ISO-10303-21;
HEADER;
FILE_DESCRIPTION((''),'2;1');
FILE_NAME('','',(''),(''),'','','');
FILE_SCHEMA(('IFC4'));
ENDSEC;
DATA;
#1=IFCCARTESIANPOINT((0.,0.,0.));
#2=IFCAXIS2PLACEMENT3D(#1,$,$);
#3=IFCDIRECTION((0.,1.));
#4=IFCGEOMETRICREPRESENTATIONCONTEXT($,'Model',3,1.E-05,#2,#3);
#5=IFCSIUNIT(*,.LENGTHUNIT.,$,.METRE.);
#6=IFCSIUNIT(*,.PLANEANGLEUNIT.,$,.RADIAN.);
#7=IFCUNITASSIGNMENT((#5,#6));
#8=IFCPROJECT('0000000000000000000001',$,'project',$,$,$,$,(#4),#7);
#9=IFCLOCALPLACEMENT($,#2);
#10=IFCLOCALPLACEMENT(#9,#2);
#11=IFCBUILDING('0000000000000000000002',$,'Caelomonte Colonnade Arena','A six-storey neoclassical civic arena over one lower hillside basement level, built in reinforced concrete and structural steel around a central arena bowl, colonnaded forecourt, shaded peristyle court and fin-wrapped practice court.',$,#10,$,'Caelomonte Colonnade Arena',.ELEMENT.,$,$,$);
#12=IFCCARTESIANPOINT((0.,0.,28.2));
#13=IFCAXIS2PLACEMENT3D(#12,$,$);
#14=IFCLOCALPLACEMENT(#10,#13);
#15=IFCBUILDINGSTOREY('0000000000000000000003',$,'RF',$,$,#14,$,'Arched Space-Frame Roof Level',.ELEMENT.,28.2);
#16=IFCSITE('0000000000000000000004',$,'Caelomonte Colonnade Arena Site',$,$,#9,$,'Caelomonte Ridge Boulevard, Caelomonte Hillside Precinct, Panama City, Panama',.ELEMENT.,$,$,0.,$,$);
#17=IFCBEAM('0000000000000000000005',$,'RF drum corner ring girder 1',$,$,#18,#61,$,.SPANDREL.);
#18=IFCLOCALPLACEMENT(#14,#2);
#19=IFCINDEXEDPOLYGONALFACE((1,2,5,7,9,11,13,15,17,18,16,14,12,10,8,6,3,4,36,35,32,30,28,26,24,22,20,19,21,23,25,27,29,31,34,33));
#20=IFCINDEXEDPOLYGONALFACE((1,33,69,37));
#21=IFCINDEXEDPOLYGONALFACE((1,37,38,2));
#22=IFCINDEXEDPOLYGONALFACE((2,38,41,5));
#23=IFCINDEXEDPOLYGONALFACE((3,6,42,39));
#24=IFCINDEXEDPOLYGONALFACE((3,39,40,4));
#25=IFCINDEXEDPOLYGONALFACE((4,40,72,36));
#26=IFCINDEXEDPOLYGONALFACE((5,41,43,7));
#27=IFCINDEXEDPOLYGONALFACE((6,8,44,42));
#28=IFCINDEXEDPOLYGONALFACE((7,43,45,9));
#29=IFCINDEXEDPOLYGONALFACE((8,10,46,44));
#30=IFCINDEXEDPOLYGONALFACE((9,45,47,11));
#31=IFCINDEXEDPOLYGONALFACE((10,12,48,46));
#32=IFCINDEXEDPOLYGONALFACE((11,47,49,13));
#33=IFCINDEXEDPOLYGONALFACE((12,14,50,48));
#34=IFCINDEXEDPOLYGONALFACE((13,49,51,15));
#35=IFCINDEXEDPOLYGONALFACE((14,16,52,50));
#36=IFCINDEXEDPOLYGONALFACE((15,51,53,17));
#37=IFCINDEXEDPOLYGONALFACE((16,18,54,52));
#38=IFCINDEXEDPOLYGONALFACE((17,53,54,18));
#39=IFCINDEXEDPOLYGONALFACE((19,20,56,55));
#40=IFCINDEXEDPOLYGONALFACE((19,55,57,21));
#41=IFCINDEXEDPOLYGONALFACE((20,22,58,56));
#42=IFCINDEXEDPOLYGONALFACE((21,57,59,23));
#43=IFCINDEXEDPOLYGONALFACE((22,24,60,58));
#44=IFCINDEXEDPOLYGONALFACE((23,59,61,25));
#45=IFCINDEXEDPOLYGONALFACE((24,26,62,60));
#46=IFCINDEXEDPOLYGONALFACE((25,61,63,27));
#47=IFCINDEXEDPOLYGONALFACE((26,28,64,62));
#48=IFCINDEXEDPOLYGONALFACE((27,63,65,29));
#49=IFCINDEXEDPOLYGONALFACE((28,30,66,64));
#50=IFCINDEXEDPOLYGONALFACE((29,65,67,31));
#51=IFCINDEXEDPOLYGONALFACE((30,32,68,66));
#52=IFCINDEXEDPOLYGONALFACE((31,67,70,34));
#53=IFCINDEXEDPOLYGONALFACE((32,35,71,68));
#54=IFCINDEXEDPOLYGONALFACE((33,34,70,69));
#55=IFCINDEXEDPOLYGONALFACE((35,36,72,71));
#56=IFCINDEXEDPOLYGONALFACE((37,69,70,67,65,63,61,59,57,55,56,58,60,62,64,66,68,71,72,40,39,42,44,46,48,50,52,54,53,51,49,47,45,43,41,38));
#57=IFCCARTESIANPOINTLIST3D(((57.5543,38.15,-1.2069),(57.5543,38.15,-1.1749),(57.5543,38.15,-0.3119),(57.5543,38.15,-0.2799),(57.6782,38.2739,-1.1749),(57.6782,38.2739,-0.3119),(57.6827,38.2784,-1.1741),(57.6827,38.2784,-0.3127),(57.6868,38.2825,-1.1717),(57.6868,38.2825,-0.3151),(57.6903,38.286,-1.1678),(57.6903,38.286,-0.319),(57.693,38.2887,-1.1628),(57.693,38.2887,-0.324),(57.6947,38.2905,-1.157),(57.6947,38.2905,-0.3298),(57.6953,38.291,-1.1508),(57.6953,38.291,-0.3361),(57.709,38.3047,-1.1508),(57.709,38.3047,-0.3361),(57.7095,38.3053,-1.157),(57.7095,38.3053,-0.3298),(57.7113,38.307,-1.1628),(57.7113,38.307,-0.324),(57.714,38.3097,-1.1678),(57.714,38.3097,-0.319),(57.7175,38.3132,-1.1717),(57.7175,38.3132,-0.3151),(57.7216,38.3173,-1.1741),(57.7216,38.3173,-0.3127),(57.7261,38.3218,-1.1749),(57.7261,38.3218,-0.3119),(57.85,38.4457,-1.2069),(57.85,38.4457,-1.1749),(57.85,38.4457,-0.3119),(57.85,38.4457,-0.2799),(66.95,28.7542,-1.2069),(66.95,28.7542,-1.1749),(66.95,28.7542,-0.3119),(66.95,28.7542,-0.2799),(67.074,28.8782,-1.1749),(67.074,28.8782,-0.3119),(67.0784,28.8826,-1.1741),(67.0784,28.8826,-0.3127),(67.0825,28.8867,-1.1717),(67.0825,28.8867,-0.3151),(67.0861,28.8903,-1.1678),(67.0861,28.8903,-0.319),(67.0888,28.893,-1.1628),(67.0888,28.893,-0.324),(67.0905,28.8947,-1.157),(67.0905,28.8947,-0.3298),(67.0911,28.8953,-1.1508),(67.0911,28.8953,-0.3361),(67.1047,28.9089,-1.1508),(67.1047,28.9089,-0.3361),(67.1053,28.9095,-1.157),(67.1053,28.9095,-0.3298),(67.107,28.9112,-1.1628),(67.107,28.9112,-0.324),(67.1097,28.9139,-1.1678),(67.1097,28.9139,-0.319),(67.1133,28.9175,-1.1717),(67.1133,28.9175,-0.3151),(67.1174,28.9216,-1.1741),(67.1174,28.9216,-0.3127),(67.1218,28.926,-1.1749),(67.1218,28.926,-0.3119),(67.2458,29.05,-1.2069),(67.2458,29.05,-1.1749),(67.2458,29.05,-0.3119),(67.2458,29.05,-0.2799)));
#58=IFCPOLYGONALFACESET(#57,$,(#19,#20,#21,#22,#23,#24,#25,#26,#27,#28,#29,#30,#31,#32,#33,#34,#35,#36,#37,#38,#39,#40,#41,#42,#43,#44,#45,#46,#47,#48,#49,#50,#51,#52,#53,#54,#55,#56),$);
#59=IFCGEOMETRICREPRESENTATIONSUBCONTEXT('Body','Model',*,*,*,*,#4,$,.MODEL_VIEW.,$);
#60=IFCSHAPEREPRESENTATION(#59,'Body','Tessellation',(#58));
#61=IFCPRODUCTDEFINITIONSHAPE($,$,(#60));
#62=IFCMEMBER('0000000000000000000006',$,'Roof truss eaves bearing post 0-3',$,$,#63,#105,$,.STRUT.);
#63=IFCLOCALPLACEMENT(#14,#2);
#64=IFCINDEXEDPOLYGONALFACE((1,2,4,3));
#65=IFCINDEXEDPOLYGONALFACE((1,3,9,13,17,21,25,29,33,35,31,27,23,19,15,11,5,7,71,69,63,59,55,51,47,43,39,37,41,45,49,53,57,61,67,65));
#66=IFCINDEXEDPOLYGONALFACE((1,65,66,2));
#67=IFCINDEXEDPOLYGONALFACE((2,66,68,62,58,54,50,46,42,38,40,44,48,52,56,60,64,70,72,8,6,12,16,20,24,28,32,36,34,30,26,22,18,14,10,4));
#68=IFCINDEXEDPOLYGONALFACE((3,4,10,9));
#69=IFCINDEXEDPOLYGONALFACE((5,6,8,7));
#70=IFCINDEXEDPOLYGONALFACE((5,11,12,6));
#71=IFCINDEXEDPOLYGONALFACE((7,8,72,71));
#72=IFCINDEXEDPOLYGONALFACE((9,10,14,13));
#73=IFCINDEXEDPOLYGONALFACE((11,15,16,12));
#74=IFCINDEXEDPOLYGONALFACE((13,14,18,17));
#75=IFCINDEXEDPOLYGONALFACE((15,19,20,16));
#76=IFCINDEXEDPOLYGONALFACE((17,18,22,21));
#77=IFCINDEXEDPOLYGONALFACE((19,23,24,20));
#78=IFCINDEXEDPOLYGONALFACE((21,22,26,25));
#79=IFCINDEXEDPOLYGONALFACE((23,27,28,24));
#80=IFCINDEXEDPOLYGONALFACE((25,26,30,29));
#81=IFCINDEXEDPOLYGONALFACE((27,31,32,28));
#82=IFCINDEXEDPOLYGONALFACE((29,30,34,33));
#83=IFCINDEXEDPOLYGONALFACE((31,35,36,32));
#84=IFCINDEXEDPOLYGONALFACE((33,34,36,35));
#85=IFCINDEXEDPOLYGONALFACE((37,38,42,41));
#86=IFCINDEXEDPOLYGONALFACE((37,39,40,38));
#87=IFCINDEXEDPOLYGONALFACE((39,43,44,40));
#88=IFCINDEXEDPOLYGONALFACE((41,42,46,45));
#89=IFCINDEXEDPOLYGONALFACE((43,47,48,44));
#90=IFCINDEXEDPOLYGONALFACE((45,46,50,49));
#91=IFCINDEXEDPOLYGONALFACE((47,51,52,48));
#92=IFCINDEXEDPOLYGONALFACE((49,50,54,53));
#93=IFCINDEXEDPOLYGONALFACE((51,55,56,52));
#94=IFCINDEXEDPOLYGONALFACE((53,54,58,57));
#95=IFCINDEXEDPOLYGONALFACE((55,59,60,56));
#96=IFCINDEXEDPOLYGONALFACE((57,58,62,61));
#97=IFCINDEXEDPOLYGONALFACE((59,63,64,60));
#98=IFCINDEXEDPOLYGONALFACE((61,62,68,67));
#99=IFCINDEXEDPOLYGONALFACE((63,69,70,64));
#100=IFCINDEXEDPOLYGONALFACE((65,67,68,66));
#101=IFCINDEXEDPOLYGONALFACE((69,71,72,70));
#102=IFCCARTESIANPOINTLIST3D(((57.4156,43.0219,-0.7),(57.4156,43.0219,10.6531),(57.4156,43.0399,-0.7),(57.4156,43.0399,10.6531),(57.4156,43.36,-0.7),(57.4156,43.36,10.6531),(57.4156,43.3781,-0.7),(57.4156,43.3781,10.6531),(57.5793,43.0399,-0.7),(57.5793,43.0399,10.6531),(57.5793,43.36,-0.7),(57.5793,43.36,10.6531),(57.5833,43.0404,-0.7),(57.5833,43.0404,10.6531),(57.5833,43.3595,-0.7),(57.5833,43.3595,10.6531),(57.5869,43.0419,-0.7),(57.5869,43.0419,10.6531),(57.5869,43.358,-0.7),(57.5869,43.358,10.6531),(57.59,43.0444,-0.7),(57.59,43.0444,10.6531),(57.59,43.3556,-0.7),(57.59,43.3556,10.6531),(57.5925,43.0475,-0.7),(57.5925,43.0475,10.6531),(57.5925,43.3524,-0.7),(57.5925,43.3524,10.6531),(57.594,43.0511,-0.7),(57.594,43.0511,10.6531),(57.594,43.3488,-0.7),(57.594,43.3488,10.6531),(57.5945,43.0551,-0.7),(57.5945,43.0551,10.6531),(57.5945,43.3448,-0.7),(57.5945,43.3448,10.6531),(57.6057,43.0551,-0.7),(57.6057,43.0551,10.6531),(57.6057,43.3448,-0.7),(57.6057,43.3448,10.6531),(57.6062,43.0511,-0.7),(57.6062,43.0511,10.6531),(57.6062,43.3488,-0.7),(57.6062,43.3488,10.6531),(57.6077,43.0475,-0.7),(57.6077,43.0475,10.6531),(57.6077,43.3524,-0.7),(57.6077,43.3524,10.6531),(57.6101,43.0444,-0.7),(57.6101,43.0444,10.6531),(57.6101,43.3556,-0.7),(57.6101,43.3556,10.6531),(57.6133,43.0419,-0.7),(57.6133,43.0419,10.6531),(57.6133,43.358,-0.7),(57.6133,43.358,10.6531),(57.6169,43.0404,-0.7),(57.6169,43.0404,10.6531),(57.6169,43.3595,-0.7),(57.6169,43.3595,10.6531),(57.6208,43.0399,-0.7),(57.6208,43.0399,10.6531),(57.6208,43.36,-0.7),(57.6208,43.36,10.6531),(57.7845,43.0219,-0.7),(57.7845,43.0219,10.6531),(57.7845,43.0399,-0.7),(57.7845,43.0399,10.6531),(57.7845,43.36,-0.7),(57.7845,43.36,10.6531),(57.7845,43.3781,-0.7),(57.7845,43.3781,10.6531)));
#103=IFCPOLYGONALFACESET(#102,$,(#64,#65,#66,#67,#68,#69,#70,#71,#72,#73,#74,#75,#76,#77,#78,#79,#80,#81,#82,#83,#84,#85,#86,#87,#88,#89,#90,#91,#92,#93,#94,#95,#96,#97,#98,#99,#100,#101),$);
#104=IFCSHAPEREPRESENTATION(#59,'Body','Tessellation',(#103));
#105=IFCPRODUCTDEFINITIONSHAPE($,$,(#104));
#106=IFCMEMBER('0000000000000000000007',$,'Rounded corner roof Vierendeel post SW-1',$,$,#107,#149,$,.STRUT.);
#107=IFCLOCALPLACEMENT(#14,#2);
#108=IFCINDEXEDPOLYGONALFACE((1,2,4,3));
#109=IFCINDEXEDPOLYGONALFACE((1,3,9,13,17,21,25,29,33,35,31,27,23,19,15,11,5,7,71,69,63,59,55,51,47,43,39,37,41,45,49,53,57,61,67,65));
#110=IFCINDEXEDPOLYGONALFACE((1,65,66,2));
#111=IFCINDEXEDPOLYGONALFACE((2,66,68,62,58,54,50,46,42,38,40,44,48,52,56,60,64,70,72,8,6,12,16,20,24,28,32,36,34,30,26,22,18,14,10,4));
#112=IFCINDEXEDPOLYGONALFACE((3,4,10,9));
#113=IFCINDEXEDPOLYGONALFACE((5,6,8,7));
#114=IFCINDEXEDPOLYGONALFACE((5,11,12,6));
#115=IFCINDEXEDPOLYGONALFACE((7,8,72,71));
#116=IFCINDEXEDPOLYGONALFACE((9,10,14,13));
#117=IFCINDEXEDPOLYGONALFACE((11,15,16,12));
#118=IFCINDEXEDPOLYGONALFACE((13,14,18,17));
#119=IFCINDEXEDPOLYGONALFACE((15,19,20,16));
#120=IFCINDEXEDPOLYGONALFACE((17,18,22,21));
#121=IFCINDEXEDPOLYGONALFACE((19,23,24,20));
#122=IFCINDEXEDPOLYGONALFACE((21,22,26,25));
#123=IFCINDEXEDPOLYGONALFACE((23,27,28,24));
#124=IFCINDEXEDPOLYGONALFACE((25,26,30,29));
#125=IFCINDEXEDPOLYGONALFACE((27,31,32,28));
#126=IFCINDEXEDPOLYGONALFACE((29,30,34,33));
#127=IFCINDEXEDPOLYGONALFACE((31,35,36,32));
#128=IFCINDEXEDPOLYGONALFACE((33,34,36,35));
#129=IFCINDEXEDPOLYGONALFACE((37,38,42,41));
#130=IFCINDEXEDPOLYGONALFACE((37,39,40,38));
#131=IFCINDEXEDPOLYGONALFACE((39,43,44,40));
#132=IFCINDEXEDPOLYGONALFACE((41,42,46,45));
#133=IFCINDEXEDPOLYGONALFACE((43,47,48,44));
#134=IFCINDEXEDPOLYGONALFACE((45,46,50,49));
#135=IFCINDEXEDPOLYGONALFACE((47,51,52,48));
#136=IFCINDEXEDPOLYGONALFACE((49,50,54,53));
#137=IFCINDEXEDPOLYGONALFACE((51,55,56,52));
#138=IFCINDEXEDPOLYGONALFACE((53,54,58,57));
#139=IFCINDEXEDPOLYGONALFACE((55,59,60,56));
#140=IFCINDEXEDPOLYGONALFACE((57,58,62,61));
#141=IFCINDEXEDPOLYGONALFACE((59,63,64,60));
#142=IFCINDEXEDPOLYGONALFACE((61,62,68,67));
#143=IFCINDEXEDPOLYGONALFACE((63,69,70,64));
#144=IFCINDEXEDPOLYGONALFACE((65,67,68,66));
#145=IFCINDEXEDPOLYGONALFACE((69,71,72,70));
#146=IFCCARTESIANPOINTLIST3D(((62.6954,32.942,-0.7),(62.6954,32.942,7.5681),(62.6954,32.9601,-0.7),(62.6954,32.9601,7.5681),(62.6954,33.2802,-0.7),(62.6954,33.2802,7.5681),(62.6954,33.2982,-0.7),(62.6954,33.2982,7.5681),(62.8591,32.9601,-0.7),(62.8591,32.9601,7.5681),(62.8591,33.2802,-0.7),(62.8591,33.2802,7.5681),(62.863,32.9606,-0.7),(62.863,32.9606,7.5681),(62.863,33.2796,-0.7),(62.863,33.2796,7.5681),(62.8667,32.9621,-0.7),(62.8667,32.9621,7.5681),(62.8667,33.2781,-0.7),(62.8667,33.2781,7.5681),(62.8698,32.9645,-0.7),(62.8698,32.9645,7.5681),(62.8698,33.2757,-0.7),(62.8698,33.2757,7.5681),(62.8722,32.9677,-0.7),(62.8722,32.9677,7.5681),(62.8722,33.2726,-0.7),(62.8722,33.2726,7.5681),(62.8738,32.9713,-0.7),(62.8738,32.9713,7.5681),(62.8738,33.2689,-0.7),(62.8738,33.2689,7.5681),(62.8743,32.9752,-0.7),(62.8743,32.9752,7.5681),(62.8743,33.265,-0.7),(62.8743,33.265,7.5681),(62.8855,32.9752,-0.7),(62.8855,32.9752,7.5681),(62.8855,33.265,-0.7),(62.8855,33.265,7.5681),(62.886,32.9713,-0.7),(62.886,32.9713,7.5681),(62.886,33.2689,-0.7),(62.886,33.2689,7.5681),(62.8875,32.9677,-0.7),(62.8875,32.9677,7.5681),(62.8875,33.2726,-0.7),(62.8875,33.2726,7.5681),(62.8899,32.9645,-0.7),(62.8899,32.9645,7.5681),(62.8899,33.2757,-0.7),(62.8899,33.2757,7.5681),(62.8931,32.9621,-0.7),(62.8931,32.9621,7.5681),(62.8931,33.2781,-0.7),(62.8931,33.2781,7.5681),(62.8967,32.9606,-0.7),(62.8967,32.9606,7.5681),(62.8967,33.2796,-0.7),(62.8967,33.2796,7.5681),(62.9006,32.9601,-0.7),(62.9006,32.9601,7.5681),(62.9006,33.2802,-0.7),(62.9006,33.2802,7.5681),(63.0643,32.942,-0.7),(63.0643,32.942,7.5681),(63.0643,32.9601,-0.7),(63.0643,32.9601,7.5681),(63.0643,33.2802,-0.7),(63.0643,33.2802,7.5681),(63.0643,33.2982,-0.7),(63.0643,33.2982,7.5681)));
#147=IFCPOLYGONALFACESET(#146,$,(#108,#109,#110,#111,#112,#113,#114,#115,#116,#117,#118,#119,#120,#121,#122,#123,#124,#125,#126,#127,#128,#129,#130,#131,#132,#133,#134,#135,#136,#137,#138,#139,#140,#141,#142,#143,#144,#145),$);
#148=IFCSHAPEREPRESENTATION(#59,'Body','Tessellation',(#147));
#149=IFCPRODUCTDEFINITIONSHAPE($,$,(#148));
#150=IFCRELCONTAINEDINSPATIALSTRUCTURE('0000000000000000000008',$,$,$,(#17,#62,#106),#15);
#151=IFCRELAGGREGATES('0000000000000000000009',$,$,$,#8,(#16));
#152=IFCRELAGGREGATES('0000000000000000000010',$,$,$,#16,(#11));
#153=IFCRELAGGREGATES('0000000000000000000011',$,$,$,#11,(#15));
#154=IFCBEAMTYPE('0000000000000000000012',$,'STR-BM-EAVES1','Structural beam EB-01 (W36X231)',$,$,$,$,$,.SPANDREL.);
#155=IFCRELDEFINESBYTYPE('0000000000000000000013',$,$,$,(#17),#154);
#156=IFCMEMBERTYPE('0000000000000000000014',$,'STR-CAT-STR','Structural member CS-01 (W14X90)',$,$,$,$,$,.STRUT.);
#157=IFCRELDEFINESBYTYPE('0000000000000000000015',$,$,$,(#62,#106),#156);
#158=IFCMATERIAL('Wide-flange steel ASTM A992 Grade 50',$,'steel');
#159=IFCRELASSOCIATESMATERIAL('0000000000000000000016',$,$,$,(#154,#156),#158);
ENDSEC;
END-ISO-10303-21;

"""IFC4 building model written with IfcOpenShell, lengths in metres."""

from ifc_helpers import new_model, si_unit, direction, frame, origin, origin_2d, place, context, subcontext, project, spatial, i_section, extrude, material, material_profile, profile_set, type_object, element, save


model = new_model("IFC4")

# Units and contexts
model_context = context("Model", 3, precision=1e-05, world=origin(), true_north=direction((0.0, 1.0)))
body_context = subcontext(model_context, "Body", "Model", "MODEL_VIEW")
ifc_project = project(units=[si_unit("LENGTHUNIT", "METRE"), si_unit("PLANEANGLEUNIT", "RADIAN")], contexts=[model_context])

# Site, building, storey
site_placement = place(None, origin())
site = spatial("IfcSite", under=ifc_project, at=site_placement, Name="Caelomonte Colonnade Arena Site", LongName="Caelomonte Ridge Boulevard, Caelomonte Hillside Precinct, Panama City, Panama", CompositionType="ELEMENT", RefElevation=0.0)
building_placement = place(site_placement, origin())
building = spatial("IfcBuilding", under=site, at=building_placement, Name="Caelomonte Colonnade Arena", Description="A six-storey neoclassical civic arena over one lower hillside basement level, built in reinforced concrete and structural steel around a central arena bowl, colonnaded forecourt, shaded peristyle court and fin-wrapped practice court.", LongName="Caelomonte Colonnade Arena", CompositionType="ELEMENT")
storey_placement = place(building_placement, frame((0.0, 0.0, 28.2)))
storey = spatial("IfcBuildingStorey", under=building, at=storey_placement, Name="RF", LongName="Arched Space-Frame Roof Level", CompositionType="ELEMENT", Elevation=28.2)

# Beam
ifc_material_1 = material(Name="Wide-flange steel ASTM A992 Grade 50", Category="steel")
ifc_material_profile_1 = material_profile(ifc_material_1, i_section(OverallWidth=0.4182, OverallDepth=0.927, WebThickness=0.0193, FlangeThickness=0.032, FilletRadius=0.0242, at=origin_2d()), Name="W36X231")
ifc_profile_set_1 = profile_set([ifc_material_profile_1], Name="Wide-flange steel ASTM A992 Grade 50")
beam_type = type_object("IfcBeamType", Name="STR-BM-EAVES1", Description="Structural beam EB-01 (W36X231)", PredefinedType="SPANDREL", material=ifc_profile_set_1)
beam_placement = place(storey_placement, frame((57.7021, 38.2979, -0.7434), z_axis=(0.707107, -0.707107, 0.0), x_axis=(0.707107, 0.707107, 0.0)))
element("IfcBeam", 1, at=beam_placement, inside=storey, type_object=beam_type, Name="RF drum corner ring girder 1", PredefinedType="SPANDREL", context=body_context, shape_type="SweptSolid", body=[
    extrude(i_section(OverallWidth=0.4182, OverallDepth=0.927, WebThickness=0.0193, FlangeThickness=0.032, FilletRadius=0.0242, at=origin_2d()), origin(), (0.0, 0.0, 1.0), 13.2876),
])

# Members
ifc_material_profile_2 = material_profile(ifc_material_1, i_section(OverallWidth=0.3689, OverallDepth=0.3562, WebThickness=0.0112, FlangeThickness=0.0181, FilletRadius=0.0151, at=origin_2d()), Name="W14X90")
ifc_profile_set_2 = profile_set([ifc_material_profile_2], Name="Wide-flange steel ASTM A992 Grade 50")
member_type_1 = type_object("IfcMemberType", Name="STR-CAT-STR", Description="Structural member CS-01 (W14X90)", PredefinedType="STRUT", material=ifc_profile_set_2)
member_1_placement = place(storey_placement, frame((57.6001, 43.2, -0.7), z_axis=(0.0, 0.0, 1.0), x_axis=(1.0, 0.0, 0.0)))
element("IfcMember", 2, at=member_1_placement, inside=storey, type_object=member_type_1, Name="Roof truss eaves bearing post 0-3", PredefinedType="STRUT", context=body_context, shape_type="SweptSolid", body=[
    extrude(i_section(OverallWidth=0.3689, OverallDepth=0.3562, WebThickness=0.0112, FlangeThickness=0.0181, FilletRadius=0.0151, at=origin_2d()), origin(), (0.0, 0.0, 1.0), 11.353),
])
member_2_placement = place(storey_placement, frame((62.8799, 33.1201, -0.7), z_axis=(0.0, 0.0, 1.0), x_axis=(1.0, 0.0, 0.0)))
element("IfcMember", 3, at=member_2_placement, inside=storey, type_object=member_type_1, Name="Rounded corner roof Vierendeel post SW-1", PredefinedType="STRUT", context=body_context, shape_type="SweptSolid", body=[
    extrude(i_section(OverallWidth=0.3689, OverallDepth=0.3562, WebThickness=0.0112, FlangeThickness=0.0181, FilletRadius=0.0151, at=origin_2d()), origin(), (0.0, 0.0, 1.0), 8.2681),
])

save(model, "model.ifc")
